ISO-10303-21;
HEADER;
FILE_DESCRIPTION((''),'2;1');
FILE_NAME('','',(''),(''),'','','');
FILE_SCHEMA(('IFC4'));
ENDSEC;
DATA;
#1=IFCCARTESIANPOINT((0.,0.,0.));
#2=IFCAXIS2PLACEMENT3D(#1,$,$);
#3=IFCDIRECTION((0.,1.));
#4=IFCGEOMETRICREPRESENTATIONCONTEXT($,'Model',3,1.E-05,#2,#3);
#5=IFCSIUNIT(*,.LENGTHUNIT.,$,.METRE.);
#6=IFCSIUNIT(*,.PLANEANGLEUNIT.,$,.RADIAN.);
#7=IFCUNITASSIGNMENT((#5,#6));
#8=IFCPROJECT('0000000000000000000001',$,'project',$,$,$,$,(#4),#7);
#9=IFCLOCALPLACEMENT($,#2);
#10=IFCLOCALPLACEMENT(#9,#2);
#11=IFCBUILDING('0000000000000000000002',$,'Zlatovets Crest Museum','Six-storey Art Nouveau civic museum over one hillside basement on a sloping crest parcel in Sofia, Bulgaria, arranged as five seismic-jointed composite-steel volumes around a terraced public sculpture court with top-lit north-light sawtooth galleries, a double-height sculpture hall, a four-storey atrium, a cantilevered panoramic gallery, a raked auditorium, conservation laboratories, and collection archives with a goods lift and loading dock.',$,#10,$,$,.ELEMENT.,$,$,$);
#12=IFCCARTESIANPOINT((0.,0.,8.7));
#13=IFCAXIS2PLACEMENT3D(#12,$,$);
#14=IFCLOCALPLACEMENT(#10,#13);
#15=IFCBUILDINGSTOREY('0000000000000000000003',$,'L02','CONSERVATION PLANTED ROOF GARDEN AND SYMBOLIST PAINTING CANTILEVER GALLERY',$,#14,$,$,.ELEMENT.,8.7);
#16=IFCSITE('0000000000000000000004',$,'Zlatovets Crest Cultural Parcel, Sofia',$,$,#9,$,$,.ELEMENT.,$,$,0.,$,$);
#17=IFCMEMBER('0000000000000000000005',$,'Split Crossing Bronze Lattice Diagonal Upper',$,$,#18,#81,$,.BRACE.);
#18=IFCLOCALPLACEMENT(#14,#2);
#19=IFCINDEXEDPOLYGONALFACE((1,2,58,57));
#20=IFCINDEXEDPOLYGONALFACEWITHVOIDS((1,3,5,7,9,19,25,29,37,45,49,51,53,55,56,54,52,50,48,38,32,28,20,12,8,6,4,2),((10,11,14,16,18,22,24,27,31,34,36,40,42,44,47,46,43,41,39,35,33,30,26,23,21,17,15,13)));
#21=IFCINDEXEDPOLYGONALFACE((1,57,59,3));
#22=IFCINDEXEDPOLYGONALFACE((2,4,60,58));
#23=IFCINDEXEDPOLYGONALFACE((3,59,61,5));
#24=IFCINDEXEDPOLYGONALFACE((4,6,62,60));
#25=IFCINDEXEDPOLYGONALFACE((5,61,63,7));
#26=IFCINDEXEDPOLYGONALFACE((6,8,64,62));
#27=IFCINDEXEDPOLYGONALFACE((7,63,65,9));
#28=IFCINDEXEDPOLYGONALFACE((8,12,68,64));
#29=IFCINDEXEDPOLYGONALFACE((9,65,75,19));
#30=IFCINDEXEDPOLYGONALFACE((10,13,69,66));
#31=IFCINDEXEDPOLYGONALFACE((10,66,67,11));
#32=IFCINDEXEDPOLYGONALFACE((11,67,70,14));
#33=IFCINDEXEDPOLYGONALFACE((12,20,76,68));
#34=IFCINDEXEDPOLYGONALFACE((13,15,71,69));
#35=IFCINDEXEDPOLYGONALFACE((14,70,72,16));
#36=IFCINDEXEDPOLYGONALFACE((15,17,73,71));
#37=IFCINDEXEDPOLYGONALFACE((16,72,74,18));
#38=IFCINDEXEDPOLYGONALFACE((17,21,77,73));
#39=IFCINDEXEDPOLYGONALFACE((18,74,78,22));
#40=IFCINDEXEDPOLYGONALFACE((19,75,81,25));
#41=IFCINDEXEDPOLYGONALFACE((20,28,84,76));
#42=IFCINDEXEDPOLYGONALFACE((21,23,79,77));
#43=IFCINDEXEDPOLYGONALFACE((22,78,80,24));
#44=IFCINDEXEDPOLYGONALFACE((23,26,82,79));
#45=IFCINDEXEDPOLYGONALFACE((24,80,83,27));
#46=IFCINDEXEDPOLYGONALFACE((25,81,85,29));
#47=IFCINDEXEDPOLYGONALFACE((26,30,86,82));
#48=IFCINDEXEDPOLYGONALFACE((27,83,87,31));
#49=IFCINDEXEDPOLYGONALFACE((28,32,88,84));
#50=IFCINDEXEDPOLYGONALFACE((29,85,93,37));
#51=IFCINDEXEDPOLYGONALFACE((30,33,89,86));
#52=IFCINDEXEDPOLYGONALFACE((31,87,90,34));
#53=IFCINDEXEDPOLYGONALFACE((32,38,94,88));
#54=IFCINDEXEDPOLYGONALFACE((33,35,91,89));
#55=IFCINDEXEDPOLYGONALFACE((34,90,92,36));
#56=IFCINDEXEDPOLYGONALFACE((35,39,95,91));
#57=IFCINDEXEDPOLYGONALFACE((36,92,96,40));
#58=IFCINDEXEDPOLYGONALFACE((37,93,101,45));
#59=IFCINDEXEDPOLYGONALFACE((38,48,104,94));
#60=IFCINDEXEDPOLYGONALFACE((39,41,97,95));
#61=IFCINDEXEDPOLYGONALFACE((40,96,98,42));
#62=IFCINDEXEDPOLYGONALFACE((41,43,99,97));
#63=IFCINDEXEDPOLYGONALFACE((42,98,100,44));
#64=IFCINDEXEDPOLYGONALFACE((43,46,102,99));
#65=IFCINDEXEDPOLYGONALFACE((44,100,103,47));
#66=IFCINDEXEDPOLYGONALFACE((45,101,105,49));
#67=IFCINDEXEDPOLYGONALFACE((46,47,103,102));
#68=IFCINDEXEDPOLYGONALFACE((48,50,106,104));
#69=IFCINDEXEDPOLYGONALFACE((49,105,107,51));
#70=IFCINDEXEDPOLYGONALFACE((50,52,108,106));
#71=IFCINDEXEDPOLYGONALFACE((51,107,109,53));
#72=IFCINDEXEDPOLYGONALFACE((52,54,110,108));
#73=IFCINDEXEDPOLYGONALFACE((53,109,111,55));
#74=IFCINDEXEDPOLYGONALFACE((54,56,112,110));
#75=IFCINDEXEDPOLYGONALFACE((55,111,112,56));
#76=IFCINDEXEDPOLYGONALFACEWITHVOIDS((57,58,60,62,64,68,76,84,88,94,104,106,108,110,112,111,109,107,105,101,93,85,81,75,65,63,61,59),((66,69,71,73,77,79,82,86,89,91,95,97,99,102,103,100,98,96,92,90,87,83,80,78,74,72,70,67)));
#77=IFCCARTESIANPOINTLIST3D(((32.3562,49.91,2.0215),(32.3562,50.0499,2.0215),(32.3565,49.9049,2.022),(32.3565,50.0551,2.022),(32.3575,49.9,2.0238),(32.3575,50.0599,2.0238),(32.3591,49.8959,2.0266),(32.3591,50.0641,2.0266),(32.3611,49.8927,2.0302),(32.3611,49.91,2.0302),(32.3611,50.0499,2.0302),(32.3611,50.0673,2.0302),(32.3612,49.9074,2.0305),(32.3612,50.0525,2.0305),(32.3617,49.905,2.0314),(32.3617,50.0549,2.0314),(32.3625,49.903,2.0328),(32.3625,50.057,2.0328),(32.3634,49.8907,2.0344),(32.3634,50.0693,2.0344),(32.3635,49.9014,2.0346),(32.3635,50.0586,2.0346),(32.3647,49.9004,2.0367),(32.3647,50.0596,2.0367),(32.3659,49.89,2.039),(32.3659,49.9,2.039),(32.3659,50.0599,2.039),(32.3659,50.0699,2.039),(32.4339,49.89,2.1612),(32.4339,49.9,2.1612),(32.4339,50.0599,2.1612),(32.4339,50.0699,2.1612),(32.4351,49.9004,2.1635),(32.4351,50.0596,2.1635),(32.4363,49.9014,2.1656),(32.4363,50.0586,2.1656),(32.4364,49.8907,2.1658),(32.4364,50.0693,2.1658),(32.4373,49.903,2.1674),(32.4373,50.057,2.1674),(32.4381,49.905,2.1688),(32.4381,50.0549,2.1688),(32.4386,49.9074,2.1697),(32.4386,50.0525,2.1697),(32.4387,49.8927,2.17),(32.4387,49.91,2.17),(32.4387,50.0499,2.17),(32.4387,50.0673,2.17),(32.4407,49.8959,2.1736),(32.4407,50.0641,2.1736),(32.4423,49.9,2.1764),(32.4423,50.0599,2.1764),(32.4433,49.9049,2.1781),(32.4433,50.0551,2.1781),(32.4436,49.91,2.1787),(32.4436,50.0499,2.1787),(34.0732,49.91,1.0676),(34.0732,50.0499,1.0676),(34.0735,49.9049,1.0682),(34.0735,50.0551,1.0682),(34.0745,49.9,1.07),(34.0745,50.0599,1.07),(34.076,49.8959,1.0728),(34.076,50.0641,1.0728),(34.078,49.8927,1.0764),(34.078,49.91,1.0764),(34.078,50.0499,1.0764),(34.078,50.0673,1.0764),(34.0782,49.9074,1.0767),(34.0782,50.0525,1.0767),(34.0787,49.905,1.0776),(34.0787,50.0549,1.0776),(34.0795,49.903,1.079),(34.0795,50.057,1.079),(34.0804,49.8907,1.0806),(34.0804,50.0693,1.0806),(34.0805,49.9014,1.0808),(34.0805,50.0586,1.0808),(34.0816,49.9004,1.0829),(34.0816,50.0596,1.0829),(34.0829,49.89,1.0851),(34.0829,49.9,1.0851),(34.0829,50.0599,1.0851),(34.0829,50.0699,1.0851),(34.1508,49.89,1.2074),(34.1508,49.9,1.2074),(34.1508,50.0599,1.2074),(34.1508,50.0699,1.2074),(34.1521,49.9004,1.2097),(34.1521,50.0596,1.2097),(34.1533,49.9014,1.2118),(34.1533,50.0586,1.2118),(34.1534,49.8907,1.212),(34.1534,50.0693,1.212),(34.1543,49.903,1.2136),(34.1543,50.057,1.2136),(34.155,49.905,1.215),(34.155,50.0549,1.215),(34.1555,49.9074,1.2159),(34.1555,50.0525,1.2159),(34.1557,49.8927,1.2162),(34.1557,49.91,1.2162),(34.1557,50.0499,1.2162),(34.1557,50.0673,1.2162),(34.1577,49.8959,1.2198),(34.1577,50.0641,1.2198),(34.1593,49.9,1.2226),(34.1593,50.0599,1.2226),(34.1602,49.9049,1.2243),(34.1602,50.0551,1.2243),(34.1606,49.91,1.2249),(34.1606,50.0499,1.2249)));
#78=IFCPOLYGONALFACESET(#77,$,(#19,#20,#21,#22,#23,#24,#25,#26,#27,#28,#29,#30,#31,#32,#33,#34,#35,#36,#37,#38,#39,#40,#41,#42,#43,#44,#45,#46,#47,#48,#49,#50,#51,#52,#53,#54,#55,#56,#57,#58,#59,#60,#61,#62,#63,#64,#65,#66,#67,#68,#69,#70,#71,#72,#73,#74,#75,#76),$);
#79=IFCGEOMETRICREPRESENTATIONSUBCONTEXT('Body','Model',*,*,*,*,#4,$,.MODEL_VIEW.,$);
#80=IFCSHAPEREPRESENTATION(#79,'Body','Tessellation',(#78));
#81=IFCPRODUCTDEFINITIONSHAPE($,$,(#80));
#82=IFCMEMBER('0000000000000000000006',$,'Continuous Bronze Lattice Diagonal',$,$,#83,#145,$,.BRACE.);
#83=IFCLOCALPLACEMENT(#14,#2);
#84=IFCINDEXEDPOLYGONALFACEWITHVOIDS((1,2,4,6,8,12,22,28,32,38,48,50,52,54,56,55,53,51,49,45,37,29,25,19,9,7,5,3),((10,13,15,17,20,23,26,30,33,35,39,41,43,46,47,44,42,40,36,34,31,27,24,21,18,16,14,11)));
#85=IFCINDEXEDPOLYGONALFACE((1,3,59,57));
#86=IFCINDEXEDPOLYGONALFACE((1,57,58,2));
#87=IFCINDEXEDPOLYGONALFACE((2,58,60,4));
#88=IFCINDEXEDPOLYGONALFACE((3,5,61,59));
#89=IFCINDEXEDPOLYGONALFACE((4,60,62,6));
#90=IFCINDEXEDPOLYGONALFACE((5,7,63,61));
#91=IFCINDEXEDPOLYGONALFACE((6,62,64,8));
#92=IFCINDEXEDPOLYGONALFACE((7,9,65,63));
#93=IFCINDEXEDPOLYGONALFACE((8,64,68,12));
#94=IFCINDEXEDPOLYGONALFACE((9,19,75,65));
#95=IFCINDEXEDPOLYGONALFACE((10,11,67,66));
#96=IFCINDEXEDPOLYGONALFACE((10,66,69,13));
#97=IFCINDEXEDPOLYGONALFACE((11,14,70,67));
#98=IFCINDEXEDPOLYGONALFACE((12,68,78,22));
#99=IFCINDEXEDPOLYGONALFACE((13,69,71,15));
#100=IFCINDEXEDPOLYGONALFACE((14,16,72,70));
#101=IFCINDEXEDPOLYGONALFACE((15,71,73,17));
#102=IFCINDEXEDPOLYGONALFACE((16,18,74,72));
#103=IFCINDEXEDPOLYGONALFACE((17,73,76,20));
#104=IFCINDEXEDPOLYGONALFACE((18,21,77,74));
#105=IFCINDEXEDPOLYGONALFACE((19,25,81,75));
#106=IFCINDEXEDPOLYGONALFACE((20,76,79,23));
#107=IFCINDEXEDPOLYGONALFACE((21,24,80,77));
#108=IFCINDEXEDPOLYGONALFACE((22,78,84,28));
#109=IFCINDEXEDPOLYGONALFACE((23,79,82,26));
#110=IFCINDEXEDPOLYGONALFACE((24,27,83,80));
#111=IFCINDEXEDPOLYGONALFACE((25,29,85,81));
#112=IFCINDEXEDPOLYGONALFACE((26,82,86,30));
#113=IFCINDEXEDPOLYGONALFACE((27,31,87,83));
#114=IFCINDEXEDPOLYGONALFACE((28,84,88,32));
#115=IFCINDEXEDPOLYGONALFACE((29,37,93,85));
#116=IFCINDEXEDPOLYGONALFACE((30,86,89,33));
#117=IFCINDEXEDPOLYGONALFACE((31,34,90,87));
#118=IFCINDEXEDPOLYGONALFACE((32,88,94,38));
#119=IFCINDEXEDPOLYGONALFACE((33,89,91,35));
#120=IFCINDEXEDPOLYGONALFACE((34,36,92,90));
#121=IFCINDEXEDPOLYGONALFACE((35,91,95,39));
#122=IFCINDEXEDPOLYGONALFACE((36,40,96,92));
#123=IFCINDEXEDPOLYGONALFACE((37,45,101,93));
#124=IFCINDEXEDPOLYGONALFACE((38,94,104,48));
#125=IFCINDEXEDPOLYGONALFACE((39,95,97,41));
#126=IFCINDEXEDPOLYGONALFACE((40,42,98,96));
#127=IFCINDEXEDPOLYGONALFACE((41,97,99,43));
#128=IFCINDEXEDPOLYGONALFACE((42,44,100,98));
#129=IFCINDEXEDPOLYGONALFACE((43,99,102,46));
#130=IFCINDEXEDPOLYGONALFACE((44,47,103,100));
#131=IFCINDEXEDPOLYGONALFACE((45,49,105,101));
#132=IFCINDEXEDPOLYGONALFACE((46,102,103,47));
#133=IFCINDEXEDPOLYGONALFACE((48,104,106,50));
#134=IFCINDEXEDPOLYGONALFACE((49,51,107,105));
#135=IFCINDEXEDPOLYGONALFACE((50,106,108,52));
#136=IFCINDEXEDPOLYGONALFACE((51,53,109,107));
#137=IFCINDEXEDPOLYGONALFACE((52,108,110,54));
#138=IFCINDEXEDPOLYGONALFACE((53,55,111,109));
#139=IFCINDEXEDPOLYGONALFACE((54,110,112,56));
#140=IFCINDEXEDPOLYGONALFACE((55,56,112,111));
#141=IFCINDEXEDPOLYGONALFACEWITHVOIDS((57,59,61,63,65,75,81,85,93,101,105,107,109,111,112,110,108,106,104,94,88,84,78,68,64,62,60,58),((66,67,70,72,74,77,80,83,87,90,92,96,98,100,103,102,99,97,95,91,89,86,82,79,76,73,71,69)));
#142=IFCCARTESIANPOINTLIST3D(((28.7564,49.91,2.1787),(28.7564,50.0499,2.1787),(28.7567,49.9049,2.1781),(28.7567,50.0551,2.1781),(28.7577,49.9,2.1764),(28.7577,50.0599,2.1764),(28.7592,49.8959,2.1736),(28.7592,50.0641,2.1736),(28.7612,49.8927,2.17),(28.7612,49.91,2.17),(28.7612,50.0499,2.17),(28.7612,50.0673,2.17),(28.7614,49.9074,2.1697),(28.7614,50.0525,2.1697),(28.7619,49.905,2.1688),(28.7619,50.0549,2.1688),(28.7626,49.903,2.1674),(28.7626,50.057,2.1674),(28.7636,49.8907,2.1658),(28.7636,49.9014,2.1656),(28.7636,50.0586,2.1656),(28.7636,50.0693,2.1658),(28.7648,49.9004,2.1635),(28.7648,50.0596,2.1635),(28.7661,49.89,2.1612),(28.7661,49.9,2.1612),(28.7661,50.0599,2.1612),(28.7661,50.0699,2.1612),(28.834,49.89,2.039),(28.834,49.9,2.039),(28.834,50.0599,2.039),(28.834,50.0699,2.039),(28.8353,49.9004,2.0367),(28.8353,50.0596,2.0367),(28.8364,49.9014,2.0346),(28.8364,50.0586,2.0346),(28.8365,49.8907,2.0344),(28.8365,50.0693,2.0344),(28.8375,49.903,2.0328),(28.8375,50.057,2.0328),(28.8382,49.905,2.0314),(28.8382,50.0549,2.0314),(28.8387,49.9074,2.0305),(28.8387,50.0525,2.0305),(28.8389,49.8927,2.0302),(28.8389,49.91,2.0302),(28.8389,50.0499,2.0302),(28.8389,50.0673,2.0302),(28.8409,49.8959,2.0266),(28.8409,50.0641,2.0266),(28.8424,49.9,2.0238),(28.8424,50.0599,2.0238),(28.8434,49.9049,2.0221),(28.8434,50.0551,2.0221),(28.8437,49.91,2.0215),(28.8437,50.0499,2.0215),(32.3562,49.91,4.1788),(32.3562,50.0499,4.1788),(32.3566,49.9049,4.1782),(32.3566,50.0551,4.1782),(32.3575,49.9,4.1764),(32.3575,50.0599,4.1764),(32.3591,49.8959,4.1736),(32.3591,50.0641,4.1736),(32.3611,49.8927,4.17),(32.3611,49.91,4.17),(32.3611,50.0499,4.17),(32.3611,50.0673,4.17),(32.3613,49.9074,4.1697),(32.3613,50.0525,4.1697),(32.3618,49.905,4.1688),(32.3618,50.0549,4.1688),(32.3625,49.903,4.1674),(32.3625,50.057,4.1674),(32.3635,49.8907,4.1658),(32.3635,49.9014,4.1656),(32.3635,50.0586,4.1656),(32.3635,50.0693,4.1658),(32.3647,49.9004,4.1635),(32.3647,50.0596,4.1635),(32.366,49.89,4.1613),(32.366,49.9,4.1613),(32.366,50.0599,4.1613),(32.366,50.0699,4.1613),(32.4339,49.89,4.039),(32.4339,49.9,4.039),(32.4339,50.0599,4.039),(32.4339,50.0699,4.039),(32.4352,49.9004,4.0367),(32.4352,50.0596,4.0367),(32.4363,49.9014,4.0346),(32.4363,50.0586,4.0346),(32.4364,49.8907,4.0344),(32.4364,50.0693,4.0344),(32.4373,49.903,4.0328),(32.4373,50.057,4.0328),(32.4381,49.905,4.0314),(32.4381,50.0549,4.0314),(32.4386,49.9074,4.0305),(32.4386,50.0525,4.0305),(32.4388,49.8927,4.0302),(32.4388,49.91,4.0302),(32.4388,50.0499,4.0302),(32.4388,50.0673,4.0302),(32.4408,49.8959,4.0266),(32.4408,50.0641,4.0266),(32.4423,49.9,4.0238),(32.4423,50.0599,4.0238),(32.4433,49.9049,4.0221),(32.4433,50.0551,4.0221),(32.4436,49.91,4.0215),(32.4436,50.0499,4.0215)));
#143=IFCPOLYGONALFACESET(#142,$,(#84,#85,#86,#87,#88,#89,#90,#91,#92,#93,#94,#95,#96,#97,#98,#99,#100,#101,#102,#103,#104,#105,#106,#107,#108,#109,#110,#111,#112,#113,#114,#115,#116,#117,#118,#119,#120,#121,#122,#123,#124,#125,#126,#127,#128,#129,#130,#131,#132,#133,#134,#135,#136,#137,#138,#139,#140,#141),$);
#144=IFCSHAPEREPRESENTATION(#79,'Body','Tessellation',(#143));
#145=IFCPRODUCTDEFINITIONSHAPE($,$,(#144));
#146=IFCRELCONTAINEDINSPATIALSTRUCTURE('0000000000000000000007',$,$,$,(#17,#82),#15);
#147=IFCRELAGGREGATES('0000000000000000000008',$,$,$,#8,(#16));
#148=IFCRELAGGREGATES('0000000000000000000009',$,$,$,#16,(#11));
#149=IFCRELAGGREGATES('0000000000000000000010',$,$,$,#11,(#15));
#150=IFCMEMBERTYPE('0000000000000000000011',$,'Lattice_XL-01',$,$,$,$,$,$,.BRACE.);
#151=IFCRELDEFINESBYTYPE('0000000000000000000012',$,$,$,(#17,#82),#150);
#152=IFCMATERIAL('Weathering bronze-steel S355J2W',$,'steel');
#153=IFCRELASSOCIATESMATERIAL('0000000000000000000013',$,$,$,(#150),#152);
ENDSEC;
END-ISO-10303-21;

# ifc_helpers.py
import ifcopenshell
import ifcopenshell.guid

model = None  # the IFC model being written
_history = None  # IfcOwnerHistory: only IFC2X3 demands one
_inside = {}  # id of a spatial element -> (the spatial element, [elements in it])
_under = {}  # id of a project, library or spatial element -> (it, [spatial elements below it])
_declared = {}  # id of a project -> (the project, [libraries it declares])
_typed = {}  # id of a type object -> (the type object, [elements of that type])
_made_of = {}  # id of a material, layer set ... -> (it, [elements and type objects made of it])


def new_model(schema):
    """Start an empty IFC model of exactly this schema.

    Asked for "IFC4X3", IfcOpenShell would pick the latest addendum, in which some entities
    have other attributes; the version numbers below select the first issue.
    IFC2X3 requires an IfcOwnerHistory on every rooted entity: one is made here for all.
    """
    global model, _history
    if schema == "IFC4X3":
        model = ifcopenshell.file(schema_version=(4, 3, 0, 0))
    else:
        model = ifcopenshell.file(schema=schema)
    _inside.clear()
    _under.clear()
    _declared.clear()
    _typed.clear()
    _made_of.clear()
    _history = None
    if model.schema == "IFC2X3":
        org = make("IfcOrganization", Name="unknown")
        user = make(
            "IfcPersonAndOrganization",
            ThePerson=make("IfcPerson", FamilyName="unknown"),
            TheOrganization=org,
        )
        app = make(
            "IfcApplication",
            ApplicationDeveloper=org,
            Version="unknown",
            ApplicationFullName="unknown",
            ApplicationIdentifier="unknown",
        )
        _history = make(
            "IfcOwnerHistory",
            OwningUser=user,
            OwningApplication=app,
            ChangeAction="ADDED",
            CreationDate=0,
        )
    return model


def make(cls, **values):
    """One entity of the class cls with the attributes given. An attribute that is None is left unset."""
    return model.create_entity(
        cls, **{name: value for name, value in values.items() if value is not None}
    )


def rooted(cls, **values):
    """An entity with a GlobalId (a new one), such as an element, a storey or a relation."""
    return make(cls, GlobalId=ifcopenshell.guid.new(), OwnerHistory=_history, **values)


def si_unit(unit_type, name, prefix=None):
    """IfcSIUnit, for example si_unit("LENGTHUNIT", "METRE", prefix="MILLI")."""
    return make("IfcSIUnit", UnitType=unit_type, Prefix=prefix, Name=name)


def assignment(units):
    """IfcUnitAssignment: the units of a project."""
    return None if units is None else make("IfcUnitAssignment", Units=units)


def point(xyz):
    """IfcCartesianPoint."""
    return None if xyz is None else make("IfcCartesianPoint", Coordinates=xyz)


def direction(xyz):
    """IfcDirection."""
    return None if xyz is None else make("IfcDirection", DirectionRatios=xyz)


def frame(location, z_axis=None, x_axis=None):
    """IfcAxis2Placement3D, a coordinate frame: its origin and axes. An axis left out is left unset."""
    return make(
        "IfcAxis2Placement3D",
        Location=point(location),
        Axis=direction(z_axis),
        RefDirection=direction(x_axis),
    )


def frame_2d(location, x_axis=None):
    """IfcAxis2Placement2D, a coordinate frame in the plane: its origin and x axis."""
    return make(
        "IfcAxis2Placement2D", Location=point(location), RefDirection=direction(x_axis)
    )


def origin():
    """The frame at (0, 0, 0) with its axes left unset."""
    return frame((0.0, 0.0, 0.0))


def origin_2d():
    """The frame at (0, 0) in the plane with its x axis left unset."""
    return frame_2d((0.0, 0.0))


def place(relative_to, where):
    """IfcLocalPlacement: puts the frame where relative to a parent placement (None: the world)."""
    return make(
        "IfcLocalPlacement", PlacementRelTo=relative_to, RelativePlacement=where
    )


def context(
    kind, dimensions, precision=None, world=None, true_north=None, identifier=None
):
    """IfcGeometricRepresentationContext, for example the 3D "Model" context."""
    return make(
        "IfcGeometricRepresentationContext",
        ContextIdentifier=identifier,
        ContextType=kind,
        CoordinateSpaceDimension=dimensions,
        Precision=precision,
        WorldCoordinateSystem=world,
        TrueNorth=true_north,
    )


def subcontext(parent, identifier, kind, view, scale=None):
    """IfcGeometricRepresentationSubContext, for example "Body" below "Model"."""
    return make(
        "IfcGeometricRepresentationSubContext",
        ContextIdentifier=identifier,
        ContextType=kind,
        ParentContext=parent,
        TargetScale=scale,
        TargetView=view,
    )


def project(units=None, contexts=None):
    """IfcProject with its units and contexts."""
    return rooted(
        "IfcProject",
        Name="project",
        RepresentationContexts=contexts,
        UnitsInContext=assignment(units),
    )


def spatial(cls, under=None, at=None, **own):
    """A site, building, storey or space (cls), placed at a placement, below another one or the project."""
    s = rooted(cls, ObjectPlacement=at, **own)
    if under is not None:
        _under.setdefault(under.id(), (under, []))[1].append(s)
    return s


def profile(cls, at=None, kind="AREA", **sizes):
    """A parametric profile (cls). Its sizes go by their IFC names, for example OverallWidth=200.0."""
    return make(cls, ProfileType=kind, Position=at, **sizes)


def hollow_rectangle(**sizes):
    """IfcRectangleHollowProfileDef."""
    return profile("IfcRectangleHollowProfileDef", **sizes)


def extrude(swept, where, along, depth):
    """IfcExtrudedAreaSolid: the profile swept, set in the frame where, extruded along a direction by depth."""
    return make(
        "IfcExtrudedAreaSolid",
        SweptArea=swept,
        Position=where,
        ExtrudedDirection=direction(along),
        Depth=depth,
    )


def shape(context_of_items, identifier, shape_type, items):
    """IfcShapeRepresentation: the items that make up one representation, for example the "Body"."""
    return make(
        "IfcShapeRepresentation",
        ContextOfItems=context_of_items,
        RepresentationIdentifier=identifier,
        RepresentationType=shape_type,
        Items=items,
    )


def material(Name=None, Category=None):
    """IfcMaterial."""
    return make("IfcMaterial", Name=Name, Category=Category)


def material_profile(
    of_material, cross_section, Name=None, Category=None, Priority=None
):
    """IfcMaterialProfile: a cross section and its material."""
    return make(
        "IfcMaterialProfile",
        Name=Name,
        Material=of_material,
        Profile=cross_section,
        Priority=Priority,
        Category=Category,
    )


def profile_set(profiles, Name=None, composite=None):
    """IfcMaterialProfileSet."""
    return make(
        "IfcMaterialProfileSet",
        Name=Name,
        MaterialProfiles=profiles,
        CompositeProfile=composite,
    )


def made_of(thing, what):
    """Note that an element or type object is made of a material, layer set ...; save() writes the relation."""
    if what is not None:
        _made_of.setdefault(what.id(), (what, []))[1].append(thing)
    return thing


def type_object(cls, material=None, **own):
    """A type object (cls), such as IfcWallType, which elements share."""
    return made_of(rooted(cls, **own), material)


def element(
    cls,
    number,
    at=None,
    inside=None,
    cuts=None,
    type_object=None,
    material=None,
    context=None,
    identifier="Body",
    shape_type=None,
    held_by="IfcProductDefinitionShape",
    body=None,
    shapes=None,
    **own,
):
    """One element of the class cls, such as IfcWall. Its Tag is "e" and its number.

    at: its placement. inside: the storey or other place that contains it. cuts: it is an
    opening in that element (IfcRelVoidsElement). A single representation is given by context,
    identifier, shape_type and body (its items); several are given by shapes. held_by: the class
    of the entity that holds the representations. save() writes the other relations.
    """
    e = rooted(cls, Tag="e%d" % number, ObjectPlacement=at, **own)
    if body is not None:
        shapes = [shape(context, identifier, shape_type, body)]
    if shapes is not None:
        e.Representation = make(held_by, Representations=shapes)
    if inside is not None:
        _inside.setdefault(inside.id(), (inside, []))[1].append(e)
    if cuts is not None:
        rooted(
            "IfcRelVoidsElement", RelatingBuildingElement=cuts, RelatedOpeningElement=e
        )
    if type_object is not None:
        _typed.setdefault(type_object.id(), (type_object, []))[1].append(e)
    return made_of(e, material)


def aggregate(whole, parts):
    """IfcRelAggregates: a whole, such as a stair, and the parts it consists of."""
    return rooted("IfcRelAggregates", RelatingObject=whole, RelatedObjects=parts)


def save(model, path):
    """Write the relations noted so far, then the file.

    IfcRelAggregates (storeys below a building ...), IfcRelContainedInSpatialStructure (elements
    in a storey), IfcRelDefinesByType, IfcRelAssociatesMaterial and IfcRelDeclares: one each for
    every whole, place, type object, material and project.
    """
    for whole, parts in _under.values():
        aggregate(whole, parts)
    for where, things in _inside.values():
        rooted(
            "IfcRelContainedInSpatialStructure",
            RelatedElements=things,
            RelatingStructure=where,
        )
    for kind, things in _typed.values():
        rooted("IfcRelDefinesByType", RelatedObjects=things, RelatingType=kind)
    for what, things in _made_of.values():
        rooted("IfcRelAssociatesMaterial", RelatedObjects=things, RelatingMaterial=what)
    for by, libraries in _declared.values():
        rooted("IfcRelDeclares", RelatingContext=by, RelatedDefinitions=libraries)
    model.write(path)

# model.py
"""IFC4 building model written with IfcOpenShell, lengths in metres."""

from ifc_helpers import new_model, si_unit, direction, frame, origin, origin_2d, place, context, subcontext, project, spatial, hollow_rectangle, extrude, material, material_profile, profile_set, type_object, element, save


model = new_model("IFC4")

# Units and contexts
model_context = context("Model", 3, precision=1e-05, world=origin(), true_north=direction((0.0, 1.0)))
body_context = subcontext(model_context, "Body", "Model", "MODEL_VIEW")
ifc_project = project(units=[si_unit("LENGTHUNIT", "METRE"), si_unit("PLANEANGLEUNIT", "RADIAN")], contexts=[model_context])

# Site, building, storey
site_placement = place(None, origin())
site = spatial("IfcSite", under=ifc_project, at=site_placement, Name="Zlatovets Crest Cultural Parcel, Sofia", CompositionType="ELEMENT", RefElevation=0.0)
building_placement = place(site_placement, origin())
building = spatial("IfcBuilding", under=site, at=building_placement, Name="Zlatovets Crest Museum", Description="Six-storey Art Nouveau civic museum over one hillside basement on a sloping crest parcel in Sofia, Bulgaria, arranged as five seismic-jointed composite-steel volumes around a terraced public sculpture court with top-lit north-light sawtooth galleries, a double-height sculpture hall, a four-storey atrium, a cantilevered panoramic gallery, a raked auditorium, conservation laboratories, and collection archives with a goods lift and loading dock.", CompositionType="ELEMENT")
storey_placement = place(building_placement, frame((0.0, 0.0, 8.7)))
storey = spatial("IfcBuildingStorey", under=building, at=storey_placement, Name="L02", Description="CONSERVATION PLANTED ROOF GARDEN AND SYMBOLIST PAINTING CANTILEVER GALLERY", CompositionType="ELEMENT", Elevation=8.7)

# Members
ifc_material_1 = material(Name="Weathering bronze-steel S355J2W", Category="steel")
ifc_material_profile_1 = material_profile(ifc_material_1, hollow_rectangle(XDim=0.1799, YDim=0.1799, WallThickness=0.01, InnerFilletRadius=0.01, OuterFilletRadius=0.02, at=origin_2d()), Name="SHS 180x180x10.0")
ifc_profile_set_1 = profile_set([ifc_material_profile_1], Name="Weathering bronze-steel S355J2W")
member_type_1 = type_object("IfcMemberType", Name="Lattice_XL-01", PredefinedType="BRACE", material=ifc_profile_set_1)
member_1_placement = place(storey_placement, frame((32.3999, 49.98, 2.1001), z_axis=(0.874169, 0.0, -0.485622), x_axis=(0.0, 1.0, 0.0)))
element("IfcMember", 1, at=member_1_placement, inside=storey, type_object=member_type_1, Name="Split Crossing Bronze Lattice Diagonal Upper", PredefinedType="BRACE", context=body_context, shape_type="SweptSolid", body=[
    extrude(hollow_rectangle(XDim=0.1799, YDim=0.1799, WallThickness=0.01, InnerFilletRadius=0.01, OuterFilletRadius=0.02, at=origin_2d()), origin(), (0.0, 0.0, 1.0), 1.9641),
])
member_2_placement = place(storey_placement, frame((28.8, 49.98, 2.1001), z_axis=(0.874149, 0.0, 0.485658), x_axis=(0.0, 1.0, 0.0)))
element("IfcMember", 2, at=member_2_placement, inside=storey, type_object=member_type_1, Name="Continuous Bronze Lattice Diagonal", PredefinedType="BRACE", context=body_context, shape_type="SweptSolid", body=[
    extrude(hollow_rectangle(XDim=0.1799, YDim=0.1799, WallThickness=0.01, InnerFilletRadius=0.01, OuterFilletRadius=0.02, at=origin_2d()), origin(), (0.0, 0.0, 1.0), 4.1182),
])

save(model, "model.ifc")
